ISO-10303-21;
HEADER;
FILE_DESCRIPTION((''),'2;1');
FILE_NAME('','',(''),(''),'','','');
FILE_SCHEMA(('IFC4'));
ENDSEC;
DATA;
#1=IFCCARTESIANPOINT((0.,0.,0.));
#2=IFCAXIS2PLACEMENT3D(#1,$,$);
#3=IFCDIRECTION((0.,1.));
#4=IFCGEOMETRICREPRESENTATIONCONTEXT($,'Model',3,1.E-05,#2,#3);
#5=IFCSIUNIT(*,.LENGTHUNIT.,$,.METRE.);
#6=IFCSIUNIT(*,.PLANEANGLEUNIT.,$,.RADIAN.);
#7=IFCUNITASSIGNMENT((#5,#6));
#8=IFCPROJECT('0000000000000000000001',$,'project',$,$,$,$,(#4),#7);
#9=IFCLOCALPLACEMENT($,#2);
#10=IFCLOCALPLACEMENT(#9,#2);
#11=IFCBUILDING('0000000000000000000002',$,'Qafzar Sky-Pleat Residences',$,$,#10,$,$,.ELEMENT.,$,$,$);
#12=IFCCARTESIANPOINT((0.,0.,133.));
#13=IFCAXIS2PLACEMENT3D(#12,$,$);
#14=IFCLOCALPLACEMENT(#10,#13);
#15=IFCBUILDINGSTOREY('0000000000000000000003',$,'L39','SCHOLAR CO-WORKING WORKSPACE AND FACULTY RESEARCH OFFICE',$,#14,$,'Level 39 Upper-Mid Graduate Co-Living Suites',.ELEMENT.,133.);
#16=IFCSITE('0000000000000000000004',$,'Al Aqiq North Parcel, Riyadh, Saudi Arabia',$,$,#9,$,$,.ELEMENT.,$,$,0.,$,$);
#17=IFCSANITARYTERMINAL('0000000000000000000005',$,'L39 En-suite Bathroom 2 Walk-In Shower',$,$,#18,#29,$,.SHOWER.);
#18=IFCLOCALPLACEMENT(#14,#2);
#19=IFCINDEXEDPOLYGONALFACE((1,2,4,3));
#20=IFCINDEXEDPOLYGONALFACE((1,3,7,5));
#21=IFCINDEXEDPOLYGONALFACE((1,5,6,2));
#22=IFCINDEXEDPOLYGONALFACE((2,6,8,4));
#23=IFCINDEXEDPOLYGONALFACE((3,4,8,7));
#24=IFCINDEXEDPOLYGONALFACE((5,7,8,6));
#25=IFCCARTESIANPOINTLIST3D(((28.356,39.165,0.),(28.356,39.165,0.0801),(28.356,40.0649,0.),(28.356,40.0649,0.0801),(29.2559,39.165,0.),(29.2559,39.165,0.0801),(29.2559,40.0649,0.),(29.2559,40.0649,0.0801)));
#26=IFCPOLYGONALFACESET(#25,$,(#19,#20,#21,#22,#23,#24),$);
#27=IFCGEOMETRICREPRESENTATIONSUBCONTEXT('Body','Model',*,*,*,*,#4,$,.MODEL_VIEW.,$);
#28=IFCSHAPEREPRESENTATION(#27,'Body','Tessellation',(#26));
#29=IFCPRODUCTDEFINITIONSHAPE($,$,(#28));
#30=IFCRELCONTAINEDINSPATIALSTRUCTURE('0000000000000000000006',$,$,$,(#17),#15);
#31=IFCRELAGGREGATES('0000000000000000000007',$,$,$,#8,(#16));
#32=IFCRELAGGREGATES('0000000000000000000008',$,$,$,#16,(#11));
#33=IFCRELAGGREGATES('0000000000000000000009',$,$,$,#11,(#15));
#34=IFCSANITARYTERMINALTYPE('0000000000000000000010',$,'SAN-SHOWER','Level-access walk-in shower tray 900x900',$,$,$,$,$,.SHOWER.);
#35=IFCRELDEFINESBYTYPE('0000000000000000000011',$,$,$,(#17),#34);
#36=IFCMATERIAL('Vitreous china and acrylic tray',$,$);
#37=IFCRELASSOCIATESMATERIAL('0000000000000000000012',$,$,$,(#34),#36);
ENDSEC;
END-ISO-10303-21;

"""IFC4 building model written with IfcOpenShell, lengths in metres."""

from ifc_helpers import new_model, si_unit, direction, frame, origin, origin_2d, place, context, subcontext, project, spatial, rectangle, extrude, source, transform, mapped, material, type_object, element, save


model = new_model("IFC4")

# Units and contexts
model_context = context("Model", 3, precision=1e-05, world=origin(), true_north=direction((0.0, 1.0)))
body_context = subcontext(model_context, "Body", "Model", "MODEL_VIEW")
ifc_project = project(units=[si_unit("LENGTHUNIT", "METRE"), si_unit("PLANEANGLEUNIT", "RADIAN")], contexts=[model_context])

# Site, building, storey
site_placement = place(None, origin())
site = spatial("IfcSite", under=ifc_project, at=site_placement, Name="Al Aqiq North Parcel, Riyadh, Saudi Arabia", CompositionType="ELEMENT", RefElevation=0.0)
building_placement = place(site_placement, origin())
building = spatial("IfcBuilding", under=site, at=building_placement, Name="Qafzar Sky-Pleat Residences", CompositionType="ELEMENT")
storey_placement = place(building_placement, frame((0.0, 0.0, 133.0)))
storey = spatial("IfcBuildingStorey", under=building, at=storey_placement, Name="L39", Description="SCHOLAR CO-WORKING WORKSPACE AND FACULTY RESEARCH OFFICE", LongName="Level 39 Upper-Mid Graduate Co-Living Suites", CompositionType="ELEMENT", Elevation=133.0)

# Sanitary terminal
ifc_material_1 = material(Name="Vitreous china and acrylic tray")
sanitary_terminal_type_1 = type_object("IfcSanitaryTerminalType", Name="SAN-SHOWER", Description="Level-access walk-in shower tray 900x900", PredefinedType="SHOWER", material=ifc_material_1)
shared_shape_1 = source(origin(), body_context, "Body", "SweptSolid", [
    extrude(rectangle(XDim=0.8999, YDim=0.8999, at=origin_2d()), origin(), (0.0, 0.0, 1.0), 0.0801),
])
sanitary_terminal_1_placement = place(storey_placement, frame((28.8059, 39.615, 0.0), z_axis=(0.0, 0.0, 1.0), x_axis=(1.0, 0.0, 0.0)))
element("IfcSanitaryTerminal", 1, at=sanitary_terminal_1_placement, inside=storey, type_object=sanitary_terminal_type_1, Name="L39 En-suite Bathroom 2 Walk-In Shower", PredefinedType="SHOWER", context=body_context, shape_type="MappedRepresentation", body=[
    mapped(shared_shape_1, transform((0.0, 0.0, 0.0), x_axis=(1.0, 0.0, 0.0), y_axis=(0.0, 1.0, 0.0), z_axis=(0.0, 0.0, 1.0), scale=1.0)),
])

save(model, "model.ifc")
